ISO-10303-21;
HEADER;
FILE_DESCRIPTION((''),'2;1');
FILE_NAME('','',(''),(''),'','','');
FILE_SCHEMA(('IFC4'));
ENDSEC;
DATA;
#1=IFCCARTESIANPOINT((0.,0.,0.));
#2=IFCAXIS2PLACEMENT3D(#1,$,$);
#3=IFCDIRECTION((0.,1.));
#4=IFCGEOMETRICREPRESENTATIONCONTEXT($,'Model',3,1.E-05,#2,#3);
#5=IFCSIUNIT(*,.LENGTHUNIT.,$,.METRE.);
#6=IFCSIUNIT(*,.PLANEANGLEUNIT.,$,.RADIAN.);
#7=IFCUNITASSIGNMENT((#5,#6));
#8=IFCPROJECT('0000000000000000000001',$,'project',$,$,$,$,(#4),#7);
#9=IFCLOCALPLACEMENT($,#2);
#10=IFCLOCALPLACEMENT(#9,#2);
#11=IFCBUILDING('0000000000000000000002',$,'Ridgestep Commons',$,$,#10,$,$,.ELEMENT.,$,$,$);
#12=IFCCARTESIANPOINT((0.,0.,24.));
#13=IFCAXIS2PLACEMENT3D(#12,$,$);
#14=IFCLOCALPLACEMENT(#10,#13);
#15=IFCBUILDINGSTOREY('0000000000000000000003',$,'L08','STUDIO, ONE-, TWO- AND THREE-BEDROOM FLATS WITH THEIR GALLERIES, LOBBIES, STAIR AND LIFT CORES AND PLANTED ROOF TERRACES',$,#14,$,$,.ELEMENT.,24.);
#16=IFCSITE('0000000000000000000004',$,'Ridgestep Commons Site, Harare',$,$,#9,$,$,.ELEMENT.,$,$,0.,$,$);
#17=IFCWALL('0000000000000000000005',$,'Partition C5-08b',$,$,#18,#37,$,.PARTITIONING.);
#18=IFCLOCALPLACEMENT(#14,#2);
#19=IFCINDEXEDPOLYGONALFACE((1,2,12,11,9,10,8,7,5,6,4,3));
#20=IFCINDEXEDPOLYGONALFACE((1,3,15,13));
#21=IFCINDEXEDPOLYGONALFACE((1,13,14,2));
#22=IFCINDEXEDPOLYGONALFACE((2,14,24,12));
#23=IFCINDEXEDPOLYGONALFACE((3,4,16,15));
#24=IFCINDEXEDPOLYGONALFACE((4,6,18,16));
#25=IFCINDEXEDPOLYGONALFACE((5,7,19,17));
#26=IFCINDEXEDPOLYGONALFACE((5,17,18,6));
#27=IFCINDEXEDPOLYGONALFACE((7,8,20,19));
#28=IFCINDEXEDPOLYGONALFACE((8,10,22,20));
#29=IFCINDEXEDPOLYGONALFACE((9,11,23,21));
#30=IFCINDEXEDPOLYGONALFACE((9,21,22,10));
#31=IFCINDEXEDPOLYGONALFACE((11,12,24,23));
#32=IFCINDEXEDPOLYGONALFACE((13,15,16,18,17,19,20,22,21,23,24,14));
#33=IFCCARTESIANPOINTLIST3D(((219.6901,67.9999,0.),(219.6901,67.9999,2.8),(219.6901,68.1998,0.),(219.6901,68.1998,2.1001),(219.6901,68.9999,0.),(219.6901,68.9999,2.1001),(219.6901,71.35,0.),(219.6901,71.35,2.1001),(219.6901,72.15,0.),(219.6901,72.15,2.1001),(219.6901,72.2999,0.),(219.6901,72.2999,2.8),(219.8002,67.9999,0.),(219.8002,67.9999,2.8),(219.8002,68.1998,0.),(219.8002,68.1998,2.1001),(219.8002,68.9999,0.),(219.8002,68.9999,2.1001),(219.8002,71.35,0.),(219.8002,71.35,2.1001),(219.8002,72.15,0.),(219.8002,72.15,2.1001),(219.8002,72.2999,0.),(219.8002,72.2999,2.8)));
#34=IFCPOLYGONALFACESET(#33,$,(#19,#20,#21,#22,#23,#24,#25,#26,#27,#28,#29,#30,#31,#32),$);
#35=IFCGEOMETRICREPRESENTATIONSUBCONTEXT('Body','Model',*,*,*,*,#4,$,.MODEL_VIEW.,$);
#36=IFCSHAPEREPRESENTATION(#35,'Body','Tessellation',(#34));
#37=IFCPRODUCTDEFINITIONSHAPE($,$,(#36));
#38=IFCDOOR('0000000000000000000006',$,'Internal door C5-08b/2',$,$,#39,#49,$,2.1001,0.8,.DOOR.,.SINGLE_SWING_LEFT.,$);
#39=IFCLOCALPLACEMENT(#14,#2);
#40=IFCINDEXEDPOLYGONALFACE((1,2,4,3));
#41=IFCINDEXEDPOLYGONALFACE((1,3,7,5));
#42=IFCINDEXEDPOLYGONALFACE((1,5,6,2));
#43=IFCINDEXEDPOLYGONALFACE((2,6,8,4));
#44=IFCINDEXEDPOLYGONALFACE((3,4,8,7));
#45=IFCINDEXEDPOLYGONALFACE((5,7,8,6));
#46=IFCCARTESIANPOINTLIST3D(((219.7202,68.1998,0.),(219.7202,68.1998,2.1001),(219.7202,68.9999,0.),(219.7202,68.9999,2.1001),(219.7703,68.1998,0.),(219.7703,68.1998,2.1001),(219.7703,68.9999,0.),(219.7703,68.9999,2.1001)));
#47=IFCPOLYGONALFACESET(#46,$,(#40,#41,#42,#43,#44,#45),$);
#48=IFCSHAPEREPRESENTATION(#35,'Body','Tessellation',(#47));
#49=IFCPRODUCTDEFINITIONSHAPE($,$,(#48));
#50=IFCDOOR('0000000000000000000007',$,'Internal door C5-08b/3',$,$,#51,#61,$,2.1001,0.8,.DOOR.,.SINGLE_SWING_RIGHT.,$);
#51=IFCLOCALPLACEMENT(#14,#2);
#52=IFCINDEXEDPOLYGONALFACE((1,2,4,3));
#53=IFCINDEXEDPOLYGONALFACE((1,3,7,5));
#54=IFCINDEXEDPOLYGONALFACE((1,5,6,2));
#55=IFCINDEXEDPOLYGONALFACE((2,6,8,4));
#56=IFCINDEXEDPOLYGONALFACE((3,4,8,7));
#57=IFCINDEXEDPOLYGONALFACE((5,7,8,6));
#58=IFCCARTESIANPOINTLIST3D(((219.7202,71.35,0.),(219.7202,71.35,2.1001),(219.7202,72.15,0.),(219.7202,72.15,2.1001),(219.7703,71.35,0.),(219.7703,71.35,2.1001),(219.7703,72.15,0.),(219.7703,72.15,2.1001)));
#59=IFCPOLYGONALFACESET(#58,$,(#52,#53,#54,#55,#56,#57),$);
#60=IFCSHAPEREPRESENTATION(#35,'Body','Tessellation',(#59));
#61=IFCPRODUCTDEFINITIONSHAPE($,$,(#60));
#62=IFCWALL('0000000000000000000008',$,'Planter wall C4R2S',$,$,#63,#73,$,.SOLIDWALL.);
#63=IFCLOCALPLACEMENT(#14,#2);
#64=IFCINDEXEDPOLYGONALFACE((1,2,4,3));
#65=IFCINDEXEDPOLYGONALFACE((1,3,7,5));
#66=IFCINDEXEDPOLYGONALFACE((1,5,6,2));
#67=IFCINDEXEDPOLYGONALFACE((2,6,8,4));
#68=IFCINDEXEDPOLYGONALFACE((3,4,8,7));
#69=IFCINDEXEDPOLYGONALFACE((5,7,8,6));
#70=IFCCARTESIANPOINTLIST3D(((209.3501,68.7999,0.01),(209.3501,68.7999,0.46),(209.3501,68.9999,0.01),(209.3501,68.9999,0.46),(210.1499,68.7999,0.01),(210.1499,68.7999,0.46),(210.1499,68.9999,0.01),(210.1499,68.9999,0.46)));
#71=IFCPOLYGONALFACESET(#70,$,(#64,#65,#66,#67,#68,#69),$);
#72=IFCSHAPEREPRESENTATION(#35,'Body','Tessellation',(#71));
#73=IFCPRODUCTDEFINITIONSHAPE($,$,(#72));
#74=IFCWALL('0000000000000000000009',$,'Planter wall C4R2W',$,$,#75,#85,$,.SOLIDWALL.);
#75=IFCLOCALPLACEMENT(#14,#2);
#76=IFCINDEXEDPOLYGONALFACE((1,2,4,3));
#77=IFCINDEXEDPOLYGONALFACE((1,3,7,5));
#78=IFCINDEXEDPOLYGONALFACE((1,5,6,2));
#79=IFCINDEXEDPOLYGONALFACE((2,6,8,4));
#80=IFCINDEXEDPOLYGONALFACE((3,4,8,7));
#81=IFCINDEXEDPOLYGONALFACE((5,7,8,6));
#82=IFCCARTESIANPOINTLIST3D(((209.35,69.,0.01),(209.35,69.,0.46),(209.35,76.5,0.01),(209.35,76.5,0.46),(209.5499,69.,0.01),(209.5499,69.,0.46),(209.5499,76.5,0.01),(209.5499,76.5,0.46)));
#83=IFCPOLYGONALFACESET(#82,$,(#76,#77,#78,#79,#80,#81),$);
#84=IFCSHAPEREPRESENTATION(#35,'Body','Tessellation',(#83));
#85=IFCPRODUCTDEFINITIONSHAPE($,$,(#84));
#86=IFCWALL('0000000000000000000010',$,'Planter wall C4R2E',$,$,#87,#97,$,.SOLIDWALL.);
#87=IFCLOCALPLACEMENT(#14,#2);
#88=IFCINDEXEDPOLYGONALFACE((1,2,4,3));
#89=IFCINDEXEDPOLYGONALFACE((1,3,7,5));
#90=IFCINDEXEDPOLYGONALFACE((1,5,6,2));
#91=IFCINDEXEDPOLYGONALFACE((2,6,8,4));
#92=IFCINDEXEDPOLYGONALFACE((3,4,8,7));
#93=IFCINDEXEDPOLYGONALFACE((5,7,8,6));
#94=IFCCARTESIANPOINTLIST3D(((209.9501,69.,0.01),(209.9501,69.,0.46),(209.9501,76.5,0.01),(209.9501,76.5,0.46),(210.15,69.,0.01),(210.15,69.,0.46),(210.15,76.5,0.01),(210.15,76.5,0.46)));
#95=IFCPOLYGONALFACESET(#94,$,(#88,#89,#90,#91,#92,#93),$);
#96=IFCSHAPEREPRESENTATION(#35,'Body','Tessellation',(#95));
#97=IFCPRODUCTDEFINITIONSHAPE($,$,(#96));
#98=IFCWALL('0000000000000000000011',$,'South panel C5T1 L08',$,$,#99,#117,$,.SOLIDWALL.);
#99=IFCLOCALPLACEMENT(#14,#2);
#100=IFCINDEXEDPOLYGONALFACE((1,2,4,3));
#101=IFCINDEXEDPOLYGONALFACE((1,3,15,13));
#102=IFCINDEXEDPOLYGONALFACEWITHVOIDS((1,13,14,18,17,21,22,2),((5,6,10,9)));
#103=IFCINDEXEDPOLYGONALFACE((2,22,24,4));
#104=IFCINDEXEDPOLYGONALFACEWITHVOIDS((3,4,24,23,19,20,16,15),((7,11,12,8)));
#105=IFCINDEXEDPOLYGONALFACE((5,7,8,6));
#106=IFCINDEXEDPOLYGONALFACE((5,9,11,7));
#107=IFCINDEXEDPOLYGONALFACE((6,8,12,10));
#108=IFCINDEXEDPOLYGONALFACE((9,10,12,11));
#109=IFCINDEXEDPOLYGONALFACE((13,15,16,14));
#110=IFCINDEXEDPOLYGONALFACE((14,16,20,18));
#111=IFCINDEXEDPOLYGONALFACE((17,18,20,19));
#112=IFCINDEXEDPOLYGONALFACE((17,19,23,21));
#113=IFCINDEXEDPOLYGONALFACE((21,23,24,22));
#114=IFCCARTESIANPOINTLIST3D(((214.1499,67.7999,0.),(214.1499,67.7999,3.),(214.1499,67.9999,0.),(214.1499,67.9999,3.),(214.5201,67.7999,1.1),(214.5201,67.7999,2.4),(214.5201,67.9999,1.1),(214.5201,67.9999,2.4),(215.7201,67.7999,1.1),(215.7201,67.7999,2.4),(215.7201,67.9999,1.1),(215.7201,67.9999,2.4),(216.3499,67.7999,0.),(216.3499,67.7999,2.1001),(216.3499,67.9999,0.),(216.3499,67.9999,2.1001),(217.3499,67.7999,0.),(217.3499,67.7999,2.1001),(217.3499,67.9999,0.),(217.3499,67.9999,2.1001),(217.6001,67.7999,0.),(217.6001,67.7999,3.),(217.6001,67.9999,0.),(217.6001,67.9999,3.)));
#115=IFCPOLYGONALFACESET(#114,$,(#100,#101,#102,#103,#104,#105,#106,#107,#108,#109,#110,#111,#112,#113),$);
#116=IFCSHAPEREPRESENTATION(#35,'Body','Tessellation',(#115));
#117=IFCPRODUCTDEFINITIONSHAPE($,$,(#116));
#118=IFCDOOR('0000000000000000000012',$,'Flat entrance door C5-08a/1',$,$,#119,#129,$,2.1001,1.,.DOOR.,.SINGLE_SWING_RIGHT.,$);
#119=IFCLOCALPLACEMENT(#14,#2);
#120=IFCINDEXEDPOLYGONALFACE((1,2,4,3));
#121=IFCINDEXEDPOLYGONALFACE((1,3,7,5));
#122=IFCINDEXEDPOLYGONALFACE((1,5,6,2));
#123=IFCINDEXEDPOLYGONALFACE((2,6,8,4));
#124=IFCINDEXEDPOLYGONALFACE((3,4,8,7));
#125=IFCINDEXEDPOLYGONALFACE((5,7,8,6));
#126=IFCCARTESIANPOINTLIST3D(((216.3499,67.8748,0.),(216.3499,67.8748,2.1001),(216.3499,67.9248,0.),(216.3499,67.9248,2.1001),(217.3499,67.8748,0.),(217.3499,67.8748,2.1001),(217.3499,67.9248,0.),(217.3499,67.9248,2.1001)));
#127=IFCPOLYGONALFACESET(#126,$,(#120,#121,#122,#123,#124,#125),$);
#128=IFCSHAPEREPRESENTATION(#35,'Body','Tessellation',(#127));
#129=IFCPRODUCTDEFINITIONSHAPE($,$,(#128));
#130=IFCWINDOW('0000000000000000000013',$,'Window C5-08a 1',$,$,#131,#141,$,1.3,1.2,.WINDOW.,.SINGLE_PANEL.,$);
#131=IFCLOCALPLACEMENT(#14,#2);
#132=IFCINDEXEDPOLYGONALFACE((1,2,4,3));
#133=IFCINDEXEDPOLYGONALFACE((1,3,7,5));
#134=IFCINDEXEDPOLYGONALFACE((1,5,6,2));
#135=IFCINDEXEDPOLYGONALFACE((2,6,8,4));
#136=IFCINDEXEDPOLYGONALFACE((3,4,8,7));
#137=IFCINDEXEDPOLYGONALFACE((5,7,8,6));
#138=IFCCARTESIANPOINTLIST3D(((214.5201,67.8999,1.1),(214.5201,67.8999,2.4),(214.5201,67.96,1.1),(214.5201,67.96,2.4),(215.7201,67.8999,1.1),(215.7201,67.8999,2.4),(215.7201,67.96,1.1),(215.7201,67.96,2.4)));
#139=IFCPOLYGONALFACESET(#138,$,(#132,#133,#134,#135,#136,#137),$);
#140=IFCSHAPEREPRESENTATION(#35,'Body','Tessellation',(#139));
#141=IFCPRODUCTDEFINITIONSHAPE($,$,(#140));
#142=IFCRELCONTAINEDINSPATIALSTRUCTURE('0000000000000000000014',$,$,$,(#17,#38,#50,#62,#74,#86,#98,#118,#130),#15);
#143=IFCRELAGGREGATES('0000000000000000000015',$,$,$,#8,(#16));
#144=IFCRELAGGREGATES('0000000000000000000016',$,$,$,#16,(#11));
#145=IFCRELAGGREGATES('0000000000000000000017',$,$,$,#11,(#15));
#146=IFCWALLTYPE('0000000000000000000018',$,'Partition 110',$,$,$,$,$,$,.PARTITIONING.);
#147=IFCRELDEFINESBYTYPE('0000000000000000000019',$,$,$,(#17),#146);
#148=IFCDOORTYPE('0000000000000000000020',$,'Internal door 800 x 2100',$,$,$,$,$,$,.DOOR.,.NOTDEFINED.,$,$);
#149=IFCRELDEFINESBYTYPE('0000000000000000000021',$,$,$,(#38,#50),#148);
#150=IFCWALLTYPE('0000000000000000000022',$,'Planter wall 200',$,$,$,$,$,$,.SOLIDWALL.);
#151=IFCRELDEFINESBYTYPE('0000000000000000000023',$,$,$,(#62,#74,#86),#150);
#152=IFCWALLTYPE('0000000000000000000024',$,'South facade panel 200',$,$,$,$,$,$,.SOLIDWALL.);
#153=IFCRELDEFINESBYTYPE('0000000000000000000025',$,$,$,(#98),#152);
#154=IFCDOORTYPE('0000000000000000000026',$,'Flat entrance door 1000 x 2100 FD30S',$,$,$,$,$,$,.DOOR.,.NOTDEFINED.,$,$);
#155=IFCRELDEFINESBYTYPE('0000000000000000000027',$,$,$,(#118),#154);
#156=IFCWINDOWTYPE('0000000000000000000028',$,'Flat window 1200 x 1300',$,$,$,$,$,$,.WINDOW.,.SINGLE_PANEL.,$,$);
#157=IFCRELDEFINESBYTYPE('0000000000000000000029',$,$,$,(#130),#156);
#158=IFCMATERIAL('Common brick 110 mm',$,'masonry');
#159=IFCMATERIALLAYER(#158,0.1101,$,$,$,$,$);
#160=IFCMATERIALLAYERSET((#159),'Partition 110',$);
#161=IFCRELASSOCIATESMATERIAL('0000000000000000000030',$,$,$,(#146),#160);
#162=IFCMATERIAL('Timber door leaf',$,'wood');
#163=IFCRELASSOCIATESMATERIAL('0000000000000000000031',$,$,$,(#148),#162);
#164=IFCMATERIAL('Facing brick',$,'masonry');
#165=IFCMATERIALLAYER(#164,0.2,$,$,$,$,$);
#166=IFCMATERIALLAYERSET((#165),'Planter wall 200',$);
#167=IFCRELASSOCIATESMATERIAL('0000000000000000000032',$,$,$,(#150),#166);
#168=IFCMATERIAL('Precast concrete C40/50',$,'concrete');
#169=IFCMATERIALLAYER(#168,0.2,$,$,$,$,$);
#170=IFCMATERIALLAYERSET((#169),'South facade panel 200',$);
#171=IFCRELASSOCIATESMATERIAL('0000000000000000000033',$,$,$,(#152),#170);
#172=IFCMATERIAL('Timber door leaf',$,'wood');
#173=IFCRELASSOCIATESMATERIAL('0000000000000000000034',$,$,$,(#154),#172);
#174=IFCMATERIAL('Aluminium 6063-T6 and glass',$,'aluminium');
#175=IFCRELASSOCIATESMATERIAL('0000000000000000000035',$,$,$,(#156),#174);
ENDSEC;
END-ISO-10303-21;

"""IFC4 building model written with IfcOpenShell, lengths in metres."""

from ifc_helpers import new_model, si_unit, direction, frame, frame_2d, origin, place, context, subcontext, project, spatial, rectangle, extrude, material, layer, layer_set, type_object, element, fill, save


model = new_model("IFC4")

# Units and contexts
model_context = context("Model", 3, precision=1e-05, world=origin(), true_north=direction((0.0, 1.0)))
body_context = subcontext(model_context, "Body", "Model", "MODEL_VIEW")
ifc_project = project(units=[si_unit("LENGTHUNIT", "METRE"), si_unit("PLANEANGLEUNIT", "RADIAN")], contexts=[model_context])

# Site, building, storey
site_placement = place(None, origin())
site = spatial("IfcSite", under=ifc_project, at=site_placement, Name="Ridgestep Commons Site, Harare", CompositionType="ELEMENT", RefElevation=0.0)
building_placement = place(site_placement, origin())
building = spatial("IfcBuilding", under=site, at=building_placement, Name="Ridgestep Commons", CompositionType="ELEMENT")
storey_placement = place(building_placement, frame((0.0, 0.0, 24.0)))
storey = spatial("IfcBuildingStorey", under=building, at=storey_placement, Name="L08", Description="STUDIO, ONE-, TWO- AND THREE-BEDROOM FLATS WITH THEIR GALLERIES, LOBBIES, STAIR AND LIFT CORES AND PLANTED ROOF TERRACES", CompositionType="ELEMENT", Elevation=24.0)

# Shared definitions
ifc_material_1 = material(Name="Common brick 110 mm", Category="masonry")
ifc_layer_1 = layer(ifc_material_1, 0.1101)
ifc_layer_set_1 = layer_set([ifc_layer_1], Name="Partition 110")
wall_type_1 = type_object("IfcWallType", Name="Partition 110", PredefinedType="PARTITIONING", material=ifc_layer_set_1)

# Shared definitions
ifc_material_2 = material(Name="Timber door leaf", Category="wood")
door_type_1 = type_object("IfcDoorType", Name="Internal door 800 x 2100", OperationType="NOTDEFINED", PredefinedType="DOOR", material=ifc_material_2)

# Wall, openings, doors
wall_1_placement = place(storey_placement, frame((219.7451, 68.0, 0.0), z_axis=(0.0, 0.0, 1.0), x_axis=(0.0, 1.0, 0.0)))
wall_1 = element("IfcWall", 1, at=wall_1_placement, inside=storey, type_object=wall_type_1, Name="Partition C5-08b", PredefinedType="PARTITIONING", context=body_context, shape_type="SweptSolid", body=[
    extrude(rectangle(XDim=4.3, YDim=0.1101, at=frame_2d((2.1499, 0.0))), origin(), (0.0, 0.0, 1.0), 2.8),
])
opening_1_placement = place(wall_1_placement, frame((0.2, 0.0, 0.0)))
opening_1 = element("IfcOpeningElement", 2, at=opening_1_placement, cuts=wall_1, PredefinedType="OPENING", context=body_context, shape_type="SweptSolid", body=[
    extrude(rectangle(XDim=0.8, YDim=2.1001, at=frame_2d((0.3999, 1.05))), frame((0.0, 0.0649, 0.0), z_axis=(0.0, -1.0, 0.0), x_axis=(1.0, 0.0, 0.0)), (0.0, 0.0, 1.0), 0.1301),
])
opening_2_placement = place(wall_1_placement, frame((3.3501, 0.0, 0.0)))
opening_2 = element("IfcOpeningElement", 3, at=opening_2_placement, cuts=wall_1, PredefinedType="OPENING", context=body_context, shape_type="SweptSolid", body=[
    extrude(rectangle(XDim=0.8, YDim=2.1001, at=frame_2d((0.3999, 1.05))), frame((0.0, 0.0649, 0.0), z_axis=(0.0, -1.0, 0.0), x_axis=(1.0, 0.0, 0.0)), (0.0, 0.0, 1.0), 0.1301),
])
door_1_placement = place(opening_1_placement, origin())
door_1 = element("IfcDoor", 4, at=door_1_placement, inside=storey, type_object=door_type_1, Name="Internal door C5-08b/2", OperationType="SINGLE_SWING_LEFT", OverallHeight=2.1001, OverallWidth=0.8, PredefinedType="DOOR", context=body_context, shape_type="SweptSolid", body=[
    extrude(rectangle(XDim=0.8, YDim=2.1001, at=frame_2d((0.3999, 1.05))), frame((0.0, 0.0249, 0.0), z_axis=(0.0, -1.0, 0.0), x_axis=(1.0, 0.0, 0.0)), (0.0, 0.0, 1.0), 0.05),
])
fill(opening_1, door_1)
door_2_placement = place(opening_2_placement, origin())
door_2 = element("IfcDoor", 5, at=door_2_placement, inside=storey, type_object=door_type_1, Name="Internal door C5-08b/3", OperationType="SINGLE_SWING_RIGHT", OverallHeight=2.1001, OverallWidth=0.8, PredefinedType="DOOR", context=body_context, shape_type="SweptSolid", body=[
    extrude(rectangle(XDim=0.8, YDim=2.1001, at=frame_2d((0.3999, 1.05))), frame((0.0, 0.0249, 0.0), z_axis=(0.0, -1.0, 0.0), x_axis=(1.0, 0.0, 0.0)), (0.0, 0.0, 1.0), 0.05),
])
fill(opening_2, door_2)

# Walls
ifc_material_3 = material(Name="Facing brick", Category="masonry")
ifc_layer_2 = layer(ifc_material_3, 0.2)
ifc_layer_set_2 = layer_set([ifc_layer_2], Name="Planter wall 200")
wall_type_2 = type_object("IfcWallType", Name="Planter wall 200", PredefinedType="SOLIDWALL", material=ifc_layer_set_2)
wall_2_placement = place(storey_placement, frame((209.3501, 68.8999, 0.01), z_axis=(0.0, 0.0, 1.0), x_axis=(1.0, 0.0, 0.0)))
element("IfcWall", 6, at=wall_2_placement, inside=storey, type_object=wall_type_2, Name="Planter wall C4R2S", PredefinedType="SOLIDWALL", context=body_context, shape_type="SweptSolid", body=[
    extrude(rectangle(XDim=0.7998, YDim=0.2, at=frame_2d((0.3999, 0.0))), origin(), (0.0, 0.0, 1.0), 0.45),
])
for number, where, z_axis, x_axis, name in (
    (7, (209.45, 69.0, 0.01), (0.0, 0.0, 1.0), (0.0, 1.0, 0.0), "Planter wall C4R2W"),
    (8, (210.05, 69.0, 0.01), (0.0, 0.0, 1.0), (0.0, 1.0, 0.0), "Planter wall C4R2E"),
):
    element("IfcWall", number, at=place(storey_placement, frame(where, z_axis=z_axis, x_axis=x_axis)), inside=storey, type_object=wall_type_2, Name=name, PredefinedType="SOLIDWALL", context=body_context, shape_type="SweptSolid", body=[
        extrude(rectangle(XDim=7.5, YDim=0.2, at=frame_2d((3.75, 0.0))), origin(), (0.0, 0.0, 1.0), 0.45),
    ])

# Wall, openings, door, window
ifc_material_4 = material(Name="Precast concrete C40/50", Category="concrete")
ifc_layer_3 = layer(ifc_material_4, 0.2)
ifc_layer_set_3 = layer_set([ifc_layer_3], Name="South facade panel 200")
wall_type_3 = type_object("IfcWallType", Name="South facade panel 200", PredefinedType="SOLIDWALL", material=ifc_layer_set_3)
wall_3_placement = place(storey_placement, frame((214.1499, 67.8999, 0.0), z_axis=(0.0, 0.0, 1.0), x_axis=(1.0, 0.0, 0.0)))
wall_3 = element("IfcWall", 9, at=wall_3_placement, inside=storey, type_object=wall_type_3, Name="South panel C5T1 L08", PredefinedType="SOLIDWALL", context=body_context, shape_type="SweptSolid", body=[
    extrude(rectangle(XDim=3.4502, YDim=0.2, at=frame_2d((1.7251, 0.0))), origin(), (0.0, 0.0, 1.0), 3.0),
])
opening_3_placement = place(wall_3_placement, frame((0.3701, 0.0, 1.1001)))
opening_3 = element("IfcOpeningElement", 10, at=opening_3_placement, cuts=wall_3, PredefinedType="OPENING", context=body_context, shape_type="SweptSolid", body=[
    extrude(rectangle(XDim=1.2, YDim=1.3, at=frame_2d((0.6001, 0.6499))), frame((0.0, 0.1099, 0.0), z_axis=(0.0, -1.0, 0.0), x_axis=(1.0, 0.0, 0.0)), (0.0, 0.0, 1.0), 0.22),
])
opening_4_placement = place(wall_3_placement, frame((2.2, 0.0, 0.0)))
opening_4 = element("IfcOpeningElement", 11, at=opening_4_placement, cuts=wall_3, PredefinedType="OPENING", context=body_context, shape_type="SweptSolid", body=[
    extrude(rectangle(XDim=1.0, YDim=2.1001, at=frame_2d((0.5, 1.05))), frame((0.0, 0.1099, 0.0), z_axis=(0.0, -1.0, 0.0), x_axis=(1.0, 0.0, 0.0)), (0.0, 0.0, 1.0), 0.22),
])
ifc_material_5 = material(Name="Timber door leaf", Category="wood")
door_type_2 = type_object("IfcDoorType", Name="Flat entrance door 1000 x 2100 FD30S", OperationType="NOTDEFINED", PredefinedType="DOOR", material=ifc_material_5)
door_3_placement = place(opening_4_placement, origin())
door_3 = element("IfcDoor", 12, at=door_3_placement, inside=storey, type_object=door_type_2, Name="Flat entrance door C5-08a/1", OperationType="SINGLE_SWING_RIGHT", OverallHeight=2.1001, OverallWidth=1.0, PredefinedType="DOOR", context=body_context, shape_type="SweptSolid", body=[
    extrude(rectangle(XDim=1.0, YDim=2.1001, at=frame_2d((0.5, 1.05))), frame((0.0, 0.0249, 0.0), z_axis=(0.0, -1.0, 0.0), x_axis=(1.0, 0.0, 0.0)), (0.0, 0.0, 1.0), 0.05),
])
fill(opening_4, door_3)
ifc_material_6 = material(Name="Aluminium 6063-T6 and glass", Category="aluminium")
window_type_1 = type_object("IfcWindowType", Name="Flat window 1200 x 1300", PartitioningType="SINGLE_PANEL", PredefinedType="WINDOW", material=ifc_material_6)
window_1_placement = place(opening_3_placement, origin())
window_1 = element("IfcWindow", 13, at=window_1_placement, inside=storey, type_object=window_type_1, Name="Window C5-08a 1", OverallHeight=1.3, OverallWidth=1.2, PartitioningType="SINGLE_PANEL", PredefinedType="WINDOW", context=body_context, shape_type="SweptSolid", body=[
    extrude(rectangle(XDim=1.2, YDim=1.3, at=frame_2d((0.6001, 0.6499))), frame((0.0, 0.0601, 0.0), z_axis=(0.0, -1.0, 0.0), x_axis=(1.0, 0.0, 0.0)), (0.0, 0.0, 1.0), 0.0601),
])
fill(opening_3, window_1)

save(model, "model.ifc")
